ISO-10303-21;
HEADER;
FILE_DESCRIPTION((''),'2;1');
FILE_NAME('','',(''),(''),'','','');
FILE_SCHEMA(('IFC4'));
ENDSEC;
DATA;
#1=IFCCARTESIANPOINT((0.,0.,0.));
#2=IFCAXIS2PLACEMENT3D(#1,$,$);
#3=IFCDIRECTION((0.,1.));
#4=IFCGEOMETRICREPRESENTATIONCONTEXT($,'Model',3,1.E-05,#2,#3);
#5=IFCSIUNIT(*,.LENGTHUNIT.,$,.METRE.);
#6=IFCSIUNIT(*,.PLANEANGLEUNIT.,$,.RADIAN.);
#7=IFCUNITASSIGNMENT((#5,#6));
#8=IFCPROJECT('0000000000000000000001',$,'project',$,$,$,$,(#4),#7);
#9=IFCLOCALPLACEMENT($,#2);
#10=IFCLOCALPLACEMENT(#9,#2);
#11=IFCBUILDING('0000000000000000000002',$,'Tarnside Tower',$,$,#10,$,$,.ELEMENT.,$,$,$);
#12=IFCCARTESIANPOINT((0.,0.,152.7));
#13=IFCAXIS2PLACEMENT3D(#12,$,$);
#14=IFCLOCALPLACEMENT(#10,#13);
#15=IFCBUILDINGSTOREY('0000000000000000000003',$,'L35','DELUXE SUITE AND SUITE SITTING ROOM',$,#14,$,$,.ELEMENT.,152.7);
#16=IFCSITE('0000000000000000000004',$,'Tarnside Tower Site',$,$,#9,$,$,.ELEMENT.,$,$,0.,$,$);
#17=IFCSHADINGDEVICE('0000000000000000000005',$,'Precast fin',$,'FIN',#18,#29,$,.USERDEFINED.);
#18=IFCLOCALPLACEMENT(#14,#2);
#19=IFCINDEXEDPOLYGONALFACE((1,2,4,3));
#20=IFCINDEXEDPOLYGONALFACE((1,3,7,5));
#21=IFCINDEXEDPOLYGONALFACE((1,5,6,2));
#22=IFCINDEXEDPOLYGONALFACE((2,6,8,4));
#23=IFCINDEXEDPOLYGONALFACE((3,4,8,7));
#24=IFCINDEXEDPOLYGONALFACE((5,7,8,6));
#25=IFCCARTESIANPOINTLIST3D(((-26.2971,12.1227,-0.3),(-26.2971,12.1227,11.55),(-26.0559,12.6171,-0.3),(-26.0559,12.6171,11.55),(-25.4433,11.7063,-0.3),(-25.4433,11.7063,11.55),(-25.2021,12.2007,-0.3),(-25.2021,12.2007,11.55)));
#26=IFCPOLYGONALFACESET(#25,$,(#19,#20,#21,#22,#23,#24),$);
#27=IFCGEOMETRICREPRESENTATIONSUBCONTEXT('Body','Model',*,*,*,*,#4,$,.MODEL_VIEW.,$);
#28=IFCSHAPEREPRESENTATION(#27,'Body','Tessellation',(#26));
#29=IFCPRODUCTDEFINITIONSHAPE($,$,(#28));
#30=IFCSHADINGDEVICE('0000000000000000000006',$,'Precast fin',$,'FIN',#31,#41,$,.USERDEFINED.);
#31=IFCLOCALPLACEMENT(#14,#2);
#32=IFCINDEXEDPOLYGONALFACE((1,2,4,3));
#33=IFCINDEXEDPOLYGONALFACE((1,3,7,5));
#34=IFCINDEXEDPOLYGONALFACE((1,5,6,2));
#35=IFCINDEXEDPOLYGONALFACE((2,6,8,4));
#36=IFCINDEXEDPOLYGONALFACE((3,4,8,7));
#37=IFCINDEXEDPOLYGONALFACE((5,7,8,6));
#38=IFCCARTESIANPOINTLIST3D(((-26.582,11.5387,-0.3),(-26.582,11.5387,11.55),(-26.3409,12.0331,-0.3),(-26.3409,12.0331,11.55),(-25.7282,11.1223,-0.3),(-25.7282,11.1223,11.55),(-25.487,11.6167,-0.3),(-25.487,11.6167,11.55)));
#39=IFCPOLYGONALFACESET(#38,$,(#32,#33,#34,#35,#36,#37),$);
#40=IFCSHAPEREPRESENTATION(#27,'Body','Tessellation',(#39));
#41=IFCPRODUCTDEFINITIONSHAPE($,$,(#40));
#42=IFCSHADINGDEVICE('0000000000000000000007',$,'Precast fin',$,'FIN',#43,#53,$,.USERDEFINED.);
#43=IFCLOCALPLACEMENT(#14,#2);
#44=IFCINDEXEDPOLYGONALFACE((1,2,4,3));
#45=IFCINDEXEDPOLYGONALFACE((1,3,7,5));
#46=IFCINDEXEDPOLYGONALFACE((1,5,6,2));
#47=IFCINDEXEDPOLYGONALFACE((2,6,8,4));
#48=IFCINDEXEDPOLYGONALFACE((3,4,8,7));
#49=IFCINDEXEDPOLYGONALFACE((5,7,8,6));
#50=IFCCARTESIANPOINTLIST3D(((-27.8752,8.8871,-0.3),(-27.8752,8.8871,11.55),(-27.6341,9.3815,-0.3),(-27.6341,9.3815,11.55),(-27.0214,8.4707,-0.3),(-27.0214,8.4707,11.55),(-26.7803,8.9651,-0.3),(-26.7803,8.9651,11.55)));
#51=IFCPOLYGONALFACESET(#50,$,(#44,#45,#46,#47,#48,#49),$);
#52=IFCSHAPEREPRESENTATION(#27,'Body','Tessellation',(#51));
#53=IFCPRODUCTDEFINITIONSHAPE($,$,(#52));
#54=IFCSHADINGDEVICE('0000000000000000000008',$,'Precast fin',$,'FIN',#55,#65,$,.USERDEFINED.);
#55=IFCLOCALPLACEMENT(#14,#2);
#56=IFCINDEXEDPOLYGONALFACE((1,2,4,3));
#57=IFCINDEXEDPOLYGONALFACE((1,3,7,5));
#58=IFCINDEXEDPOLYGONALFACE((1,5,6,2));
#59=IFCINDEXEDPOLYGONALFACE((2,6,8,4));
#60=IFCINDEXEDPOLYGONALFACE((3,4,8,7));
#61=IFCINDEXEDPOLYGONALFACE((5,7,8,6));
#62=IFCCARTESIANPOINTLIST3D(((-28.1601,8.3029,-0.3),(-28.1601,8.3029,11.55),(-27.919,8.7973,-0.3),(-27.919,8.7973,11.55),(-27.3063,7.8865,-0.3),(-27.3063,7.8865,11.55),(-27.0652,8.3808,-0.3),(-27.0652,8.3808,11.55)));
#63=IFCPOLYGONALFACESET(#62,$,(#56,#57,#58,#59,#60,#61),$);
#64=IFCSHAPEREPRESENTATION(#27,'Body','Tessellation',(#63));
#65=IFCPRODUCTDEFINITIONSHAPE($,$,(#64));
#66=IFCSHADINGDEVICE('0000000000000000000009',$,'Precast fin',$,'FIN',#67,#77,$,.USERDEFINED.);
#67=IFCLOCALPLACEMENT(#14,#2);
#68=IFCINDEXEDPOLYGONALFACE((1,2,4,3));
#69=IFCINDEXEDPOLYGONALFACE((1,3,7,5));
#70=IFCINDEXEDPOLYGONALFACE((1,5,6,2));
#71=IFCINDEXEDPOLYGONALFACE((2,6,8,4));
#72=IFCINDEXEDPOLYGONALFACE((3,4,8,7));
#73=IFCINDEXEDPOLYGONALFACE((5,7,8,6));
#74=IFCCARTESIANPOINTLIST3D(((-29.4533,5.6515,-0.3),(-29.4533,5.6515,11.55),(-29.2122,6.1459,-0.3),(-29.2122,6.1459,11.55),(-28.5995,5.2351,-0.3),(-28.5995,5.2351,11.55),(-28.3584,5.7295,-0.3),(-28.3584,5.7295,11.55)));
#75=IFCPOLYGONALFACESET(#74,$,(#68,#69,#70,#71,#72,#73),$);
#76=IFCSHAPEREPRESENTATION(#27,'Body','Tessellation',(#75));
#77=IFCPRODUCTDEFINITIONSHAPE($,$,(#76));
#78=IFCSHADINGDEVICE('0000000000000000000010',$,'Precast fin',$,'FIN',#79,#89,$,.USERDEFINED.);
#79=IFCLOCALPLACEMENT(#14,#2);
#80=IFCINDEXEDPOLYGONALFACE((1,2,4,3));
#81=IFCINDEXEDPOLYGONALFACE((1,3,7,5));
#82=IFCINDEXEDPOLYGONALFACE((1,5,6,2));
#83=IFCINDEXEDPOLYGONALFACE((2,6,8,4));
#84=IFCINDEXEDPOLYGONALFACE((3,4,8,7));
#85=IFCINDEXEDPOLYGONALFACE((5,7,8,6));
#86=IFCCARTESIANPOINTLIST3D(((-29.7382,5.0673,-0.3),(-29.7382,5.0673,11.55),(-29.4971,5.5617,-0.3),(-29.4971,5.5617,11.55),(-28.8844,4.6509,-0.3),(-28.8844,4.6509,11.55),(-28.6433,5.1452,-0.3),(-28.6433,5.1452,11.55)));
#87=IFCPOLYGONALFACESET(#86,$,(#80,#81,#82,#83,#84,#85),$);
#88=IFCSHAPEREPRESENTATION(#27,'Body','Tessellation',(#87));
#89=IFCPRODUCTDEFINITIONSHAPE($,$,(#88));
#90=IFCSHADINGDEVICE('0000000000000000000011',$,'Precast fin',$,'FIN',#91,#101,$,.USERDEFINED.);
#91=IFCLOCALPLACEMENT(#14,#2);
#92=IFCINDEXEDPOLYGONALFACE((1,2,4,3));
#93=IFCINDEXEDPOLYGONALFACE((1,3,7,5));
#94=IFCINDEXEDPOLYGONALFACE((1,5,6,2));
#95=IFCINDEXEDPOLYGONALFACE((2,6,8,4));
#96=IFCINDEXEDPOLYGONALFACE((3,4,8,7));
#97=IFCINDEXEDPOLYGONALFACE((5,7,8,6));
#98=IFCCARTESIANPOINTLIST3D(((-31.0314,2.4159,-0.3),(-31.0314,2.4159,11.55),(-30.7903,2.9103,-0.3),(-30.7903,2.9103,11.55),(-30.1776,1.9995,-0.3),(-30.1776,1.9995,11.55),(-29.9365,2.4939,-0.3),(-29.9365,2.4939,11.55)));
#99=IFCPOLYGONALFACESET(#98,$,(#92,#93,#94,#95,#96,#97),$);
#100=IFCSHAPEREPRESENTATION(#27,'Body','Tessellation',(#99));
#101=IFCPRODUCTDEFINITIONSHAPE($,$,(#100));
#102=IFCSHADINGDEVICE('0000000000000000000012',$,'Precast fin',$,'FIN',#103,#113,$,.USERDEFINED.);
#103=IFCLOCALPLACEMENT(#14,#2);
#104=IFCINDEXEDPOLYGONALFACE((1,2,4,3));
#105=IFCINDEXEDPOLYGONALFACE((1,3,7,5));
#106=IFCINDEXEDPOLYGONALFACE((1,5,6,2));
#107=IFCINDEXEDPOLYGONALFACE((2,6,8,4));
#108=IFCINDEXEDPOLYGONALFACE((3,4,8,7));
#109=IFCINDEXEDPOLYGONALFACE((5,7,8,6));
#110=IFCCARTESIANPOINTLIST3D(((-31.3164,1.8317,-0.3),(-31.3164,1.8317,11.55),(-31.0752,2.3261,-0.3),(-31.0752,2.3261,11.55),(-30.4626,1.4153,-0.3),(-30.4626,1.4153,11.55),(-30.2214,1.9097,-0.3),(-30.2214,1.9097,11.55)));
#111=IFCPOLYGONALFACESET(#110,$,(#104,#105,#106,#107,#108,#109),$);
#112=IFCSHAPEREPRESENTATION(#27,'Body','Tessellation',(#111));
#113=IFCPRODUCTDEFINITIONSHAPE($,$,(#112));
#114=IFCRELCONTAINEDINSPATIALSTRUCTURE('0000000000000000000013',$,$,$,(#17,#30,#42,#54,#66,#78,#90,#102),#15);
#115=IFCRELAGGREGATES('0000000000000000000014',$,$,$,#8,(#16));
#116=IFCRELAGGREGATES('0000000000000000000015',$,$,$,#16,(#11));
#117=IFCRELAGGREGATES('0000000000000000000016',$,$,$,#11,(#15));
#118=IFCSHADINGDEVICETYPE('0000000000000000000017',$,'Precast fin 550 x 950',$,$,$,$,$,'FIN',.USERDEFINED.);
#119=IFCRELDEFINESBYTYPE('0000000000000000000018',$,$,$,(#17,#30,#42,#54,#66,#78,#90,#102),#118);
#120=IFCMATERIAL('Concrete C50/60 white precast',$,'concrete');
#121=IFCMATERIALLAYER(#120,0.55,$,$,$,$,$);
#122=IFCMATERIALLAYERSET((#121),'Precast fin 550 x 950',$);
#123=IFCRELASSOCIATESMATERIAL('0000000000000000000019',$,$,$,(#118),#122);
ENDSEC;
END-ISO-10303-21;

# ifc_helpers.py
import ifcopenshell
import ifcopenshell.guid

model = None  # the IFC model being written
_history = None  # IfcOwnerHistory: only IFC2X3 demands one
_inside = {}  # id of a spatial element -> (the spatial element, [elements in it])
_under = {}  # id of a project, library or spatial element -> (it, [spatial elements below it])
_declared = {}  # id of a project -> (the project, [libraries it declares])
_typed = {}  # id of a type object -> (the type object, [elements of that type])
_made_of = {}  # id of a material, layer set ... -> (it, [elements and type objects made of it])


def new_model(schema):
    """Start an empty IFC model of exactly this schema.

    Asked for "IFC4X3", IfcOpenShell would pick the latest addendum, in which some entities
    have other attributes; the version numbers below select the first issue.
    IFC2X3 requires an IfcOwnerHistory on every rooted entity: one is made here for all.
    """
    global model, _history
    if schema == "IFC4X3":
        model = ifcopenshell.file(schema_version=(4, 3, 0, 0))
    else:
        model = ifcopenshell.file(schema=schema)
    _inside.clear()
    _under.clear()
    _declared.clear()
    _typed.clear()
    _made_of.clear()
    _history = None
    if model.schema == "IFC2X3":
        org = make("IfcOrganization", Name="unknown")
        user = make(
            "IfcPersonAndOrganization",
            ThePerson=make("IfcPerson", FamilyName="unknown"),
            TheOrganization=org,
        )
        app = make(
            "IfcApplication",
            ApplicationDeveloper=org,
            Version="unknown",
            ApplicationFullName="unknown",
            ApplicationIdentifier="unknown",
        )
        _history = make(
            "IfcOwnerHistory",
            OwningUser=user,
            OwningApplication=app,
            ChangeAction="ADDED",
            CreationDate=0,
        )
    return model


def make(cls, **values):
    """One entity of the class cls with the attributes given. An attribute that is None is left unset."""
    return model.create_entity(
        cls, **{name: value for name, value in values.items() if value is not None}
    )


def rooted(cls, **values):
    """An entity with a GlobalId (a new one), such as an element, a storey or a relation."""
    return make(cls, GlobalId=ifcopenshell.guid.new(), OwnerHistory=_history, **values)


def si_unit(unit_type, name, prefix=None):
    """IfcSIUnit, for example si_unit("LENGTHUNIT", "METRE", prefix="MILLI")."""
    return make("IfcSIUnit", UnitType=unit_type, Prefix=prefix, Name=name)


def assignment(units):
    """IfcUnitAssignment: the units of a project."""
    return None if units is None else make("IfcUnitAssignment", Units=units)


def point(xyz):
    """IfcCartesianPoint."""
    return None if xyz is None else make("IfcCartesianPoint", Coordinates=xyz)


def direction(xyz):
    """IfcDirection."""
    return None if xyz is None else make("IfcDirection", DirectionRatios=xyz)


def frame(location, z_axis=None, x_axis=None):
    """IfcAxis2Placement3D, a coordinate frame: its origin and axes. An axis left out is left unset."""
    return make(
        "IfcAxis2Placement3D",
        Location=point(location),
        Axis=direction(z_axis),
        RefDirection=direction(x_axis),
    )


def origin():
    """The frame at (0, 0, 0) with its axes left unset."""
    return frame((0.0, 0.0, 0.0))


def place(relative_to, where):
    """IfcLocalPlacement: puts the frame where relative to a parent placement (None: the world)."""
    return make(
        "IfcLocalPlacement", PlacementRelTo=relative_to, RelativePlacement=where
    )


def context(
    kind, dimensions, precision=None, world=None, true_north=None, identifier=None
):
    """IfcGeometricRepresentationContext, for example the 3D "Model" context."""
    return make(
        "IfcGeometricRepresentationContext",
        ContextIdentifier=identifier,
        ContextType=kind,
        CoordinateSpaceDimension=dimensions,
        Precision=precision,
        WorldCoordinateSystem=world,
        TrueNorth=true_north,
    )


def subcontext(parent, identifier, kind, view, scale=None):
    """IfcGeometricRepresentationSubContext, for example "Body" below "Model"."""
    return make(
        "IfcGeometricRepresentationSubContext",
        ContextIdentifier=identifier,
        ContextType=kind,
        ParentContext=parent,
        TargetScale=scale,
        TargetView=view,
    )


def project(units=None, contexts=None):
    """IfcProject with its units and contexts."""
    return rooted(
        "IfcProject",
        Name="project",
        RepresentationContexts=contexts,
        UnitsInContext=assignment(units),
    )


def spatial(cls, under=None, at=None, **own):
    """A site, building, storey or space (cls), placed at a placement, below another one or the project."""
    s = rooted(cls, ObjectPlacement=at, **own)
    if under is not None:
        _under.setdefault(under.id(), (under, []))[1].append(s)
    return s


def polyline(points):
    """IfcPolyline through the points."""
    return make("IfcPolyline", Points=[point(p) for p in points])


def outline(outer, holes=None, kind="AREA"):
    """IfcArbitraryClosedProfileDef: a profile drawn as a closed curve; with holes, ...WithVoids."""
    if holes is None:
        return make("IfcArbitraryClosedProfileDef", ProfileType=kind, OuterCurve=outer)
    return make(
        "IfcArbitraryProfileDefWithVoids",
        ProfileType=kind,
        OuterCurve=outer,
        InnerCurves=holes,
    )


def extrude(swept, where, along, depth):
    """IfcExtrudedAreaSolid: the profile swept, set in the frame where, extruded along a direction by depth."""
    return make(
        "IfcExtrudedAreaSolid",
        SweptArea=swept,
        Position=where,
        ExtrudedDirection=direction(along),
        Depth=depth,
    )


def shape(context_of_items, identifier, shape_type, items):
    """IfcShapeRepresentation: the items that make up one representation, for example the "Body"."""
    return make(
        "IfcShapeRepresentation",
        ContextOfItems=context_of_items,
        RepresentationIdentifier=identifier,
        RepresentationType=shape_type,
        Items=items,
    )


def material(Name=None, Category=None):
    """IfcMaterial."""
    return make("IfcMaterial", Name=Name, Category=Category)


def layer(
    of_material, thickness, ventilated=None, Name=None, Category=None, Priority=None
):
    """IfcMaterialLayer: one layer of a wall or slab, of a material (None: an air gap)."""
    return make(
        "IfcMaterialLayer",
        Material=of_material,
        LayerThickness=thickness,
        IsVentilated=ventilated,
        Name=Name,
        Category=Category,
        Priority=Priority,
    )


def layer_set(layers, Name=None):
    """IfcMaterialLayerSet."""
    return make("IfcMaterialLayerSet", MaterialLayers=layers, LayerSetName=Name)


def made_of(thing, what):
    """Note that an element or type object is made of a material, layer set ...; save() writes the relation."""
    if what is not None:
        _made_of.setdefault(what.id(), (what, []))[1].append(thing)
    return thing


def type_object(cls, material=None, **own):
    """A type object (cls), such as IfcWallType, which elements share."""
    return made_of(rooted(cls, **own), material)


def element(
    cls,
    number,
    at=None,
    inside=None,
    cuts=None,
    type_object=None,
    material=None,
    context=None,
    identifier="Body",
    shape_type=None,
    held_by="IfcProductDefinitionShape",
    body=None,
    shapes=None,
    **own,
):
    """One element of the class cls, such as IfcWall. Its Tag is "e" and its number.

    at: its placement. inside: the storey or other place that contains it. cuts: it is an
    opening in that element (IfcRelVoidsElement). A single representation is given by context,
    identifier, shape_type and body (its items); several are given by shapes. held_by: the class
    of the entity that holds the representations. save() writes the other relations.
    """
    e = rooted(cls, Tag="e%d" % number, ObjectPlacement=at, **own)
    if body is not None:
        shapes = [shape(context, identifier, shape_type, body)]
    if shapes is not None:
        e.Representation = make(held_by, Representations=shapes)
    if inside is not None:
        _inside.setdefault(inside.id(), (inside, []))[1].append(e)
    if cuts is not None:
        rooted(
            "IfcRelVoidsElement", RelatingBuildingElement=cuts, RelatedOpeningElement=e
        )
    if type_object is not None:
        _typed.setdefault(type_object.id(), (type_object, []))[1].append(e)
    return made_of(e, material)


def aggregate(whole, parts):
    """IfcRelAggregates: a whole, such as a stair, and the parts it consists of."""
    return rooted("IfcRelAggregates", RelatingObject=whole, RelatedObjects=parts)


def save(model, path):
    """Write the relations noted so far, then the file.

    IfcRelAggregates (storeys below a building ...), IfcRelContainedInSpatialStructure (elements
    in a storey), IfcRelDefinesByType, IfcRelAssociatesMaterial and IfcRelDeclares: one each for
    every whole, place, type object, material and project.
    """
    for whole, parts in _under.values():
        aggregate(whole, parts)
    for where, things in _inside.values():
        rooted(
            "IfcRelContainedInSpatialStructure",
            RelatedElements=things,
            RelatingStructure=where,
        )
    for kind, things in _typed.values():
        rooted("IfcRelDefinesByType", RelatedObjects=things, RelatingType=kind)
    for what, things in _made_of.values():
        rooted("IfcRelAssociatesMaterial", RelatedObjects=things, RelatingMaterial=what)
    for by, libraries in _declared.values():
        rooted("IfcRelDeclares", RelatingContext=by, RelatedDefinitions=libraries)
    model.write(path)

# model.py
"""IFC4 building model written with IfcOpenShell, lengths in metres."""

from ifc_helpers import new_model, si_unit, direction, frame, origin, place, context, subcontext, project, spatial, polyline, outline, extrude, material, layer, layer_set, type_object, element, save


model = new_model("IFC4")

# Units and contexts
model_context = context("Model", 3, precision=1e-05, world=origin(), true_north=direction((0.0, 1.0)))
body_context = subcontext(model_context, "Body", "Model", "MODEL_VIEW")
ifc_project = project(units=[si_unit("LENGTHUNIT", "METRE"), si_unit("PLANEANGLEUNIT", "RADIAN")], contexts=[model_context])

# Site, building, storey
site_placement = place(None, origin())
site = spatial("IfcSite", under=ifc_project, at=site_placement, Name="Tarnside Tower Site", CompositionType="ELEMENT", RefElevation=0.0)
building_placement = place(site_placement, origin())
building = spatial("IfcBuilding", under=site, at=building_placement, Name="Tarnside Tower", CompositionType="ELEMENT")
storey_placement = place(building_placement, frame((0.0, 0.0, 152.7)))
storey = spatial("IfcBuildingStorey", under=building, at=storey_placement, Name="L35", Description="DELUXE SUITE AND SUITE SITTING ROOM", CompositionType="ELEMENT", Elevation=152.7)

# Shading devices
ifc_material_1 = material(Name="Concrete C50/60 white precast", Category="concrete")
ifc_layer_1 = layer(ifc_material_1, 0.55)
ifc_layer_set_1 = layer_set([ifc_layer_1], Name="Precast fin 550 x 950")
shading_device_type_1 = type_object("IfcShadingDeviceType", Name="Precast fin 550 x 950", ElementType="FIN", PredefinedType="USERDEFINED", material=ifc_layer_set_1)
for number, where, z_axis, x_axis, name in (
    (1, (-25.3228, 11.9534, -0.3), (0.438371, 0.898794, 0.0), (-0.898794, 0.438371, 0.0), "Precast fin"),
    (2, (-25.6077, 11.3694, -0.3), (0.438371, 0.898794, 0.0), (-0.898794, 0.438371, 0.0), "Precast fin"),
    (3, (-26.9009, 8.7178, -0.3), (0.438371, 0.898794, 0.0), (-0.898794, 0.438371, 0.0), "Precast fin"),
    (4, (-27.1858, 8.1335, -0.3), (0.438371, 0.898794, 0.0), (-0.898794, 0.438371, 0.0), "Precast fin"),
    (5, (-28.479, 5.4822, -0.3), (0.438371, 0.898794, 0.0), (-0.898794, 0.438371, 0.0), "Precast fin"),
    (6, (-28.7639, 4.8979, -0.3), (0.438371, 0.898794, 0.0), (-0.898794, 0.438371, 0.0), "Precast fin"),
    (7, (-30.0571, 2.2466, -0.3), (0.438371, 0.898794, 0.0), (-0.898794, 0.438371, 0.0), "Precast fin"),
    (8, (-30.342, 1.6624, -0.3), (0.438371, 0.898794, 0.0), (-0.898794, 0.438371, 0.0), "Precast fin"),
):
    element("IfcShadingDevice", number, at=place(storey_placement, frame(where, z_axis=z_axis, x_axis=x_axis)), inside=storey, type_object=shading_device_type_1, Name=name, ObjectType="FIN", PredefinedType="USERDEFINED", context=body_context, shape_type="SweptSolid", body=[
        extrude(outline(polyline([(0.0, 0.0), (0.95, 0.0), (0.95, 11.8501), (0.0, 11.8501), (0.0, 0.0)])), frame((0.0, 0.0, -0.2749)), (0.0, 0.0, 1.0), 0.55),
    ])

save(model, "model.ifc")
